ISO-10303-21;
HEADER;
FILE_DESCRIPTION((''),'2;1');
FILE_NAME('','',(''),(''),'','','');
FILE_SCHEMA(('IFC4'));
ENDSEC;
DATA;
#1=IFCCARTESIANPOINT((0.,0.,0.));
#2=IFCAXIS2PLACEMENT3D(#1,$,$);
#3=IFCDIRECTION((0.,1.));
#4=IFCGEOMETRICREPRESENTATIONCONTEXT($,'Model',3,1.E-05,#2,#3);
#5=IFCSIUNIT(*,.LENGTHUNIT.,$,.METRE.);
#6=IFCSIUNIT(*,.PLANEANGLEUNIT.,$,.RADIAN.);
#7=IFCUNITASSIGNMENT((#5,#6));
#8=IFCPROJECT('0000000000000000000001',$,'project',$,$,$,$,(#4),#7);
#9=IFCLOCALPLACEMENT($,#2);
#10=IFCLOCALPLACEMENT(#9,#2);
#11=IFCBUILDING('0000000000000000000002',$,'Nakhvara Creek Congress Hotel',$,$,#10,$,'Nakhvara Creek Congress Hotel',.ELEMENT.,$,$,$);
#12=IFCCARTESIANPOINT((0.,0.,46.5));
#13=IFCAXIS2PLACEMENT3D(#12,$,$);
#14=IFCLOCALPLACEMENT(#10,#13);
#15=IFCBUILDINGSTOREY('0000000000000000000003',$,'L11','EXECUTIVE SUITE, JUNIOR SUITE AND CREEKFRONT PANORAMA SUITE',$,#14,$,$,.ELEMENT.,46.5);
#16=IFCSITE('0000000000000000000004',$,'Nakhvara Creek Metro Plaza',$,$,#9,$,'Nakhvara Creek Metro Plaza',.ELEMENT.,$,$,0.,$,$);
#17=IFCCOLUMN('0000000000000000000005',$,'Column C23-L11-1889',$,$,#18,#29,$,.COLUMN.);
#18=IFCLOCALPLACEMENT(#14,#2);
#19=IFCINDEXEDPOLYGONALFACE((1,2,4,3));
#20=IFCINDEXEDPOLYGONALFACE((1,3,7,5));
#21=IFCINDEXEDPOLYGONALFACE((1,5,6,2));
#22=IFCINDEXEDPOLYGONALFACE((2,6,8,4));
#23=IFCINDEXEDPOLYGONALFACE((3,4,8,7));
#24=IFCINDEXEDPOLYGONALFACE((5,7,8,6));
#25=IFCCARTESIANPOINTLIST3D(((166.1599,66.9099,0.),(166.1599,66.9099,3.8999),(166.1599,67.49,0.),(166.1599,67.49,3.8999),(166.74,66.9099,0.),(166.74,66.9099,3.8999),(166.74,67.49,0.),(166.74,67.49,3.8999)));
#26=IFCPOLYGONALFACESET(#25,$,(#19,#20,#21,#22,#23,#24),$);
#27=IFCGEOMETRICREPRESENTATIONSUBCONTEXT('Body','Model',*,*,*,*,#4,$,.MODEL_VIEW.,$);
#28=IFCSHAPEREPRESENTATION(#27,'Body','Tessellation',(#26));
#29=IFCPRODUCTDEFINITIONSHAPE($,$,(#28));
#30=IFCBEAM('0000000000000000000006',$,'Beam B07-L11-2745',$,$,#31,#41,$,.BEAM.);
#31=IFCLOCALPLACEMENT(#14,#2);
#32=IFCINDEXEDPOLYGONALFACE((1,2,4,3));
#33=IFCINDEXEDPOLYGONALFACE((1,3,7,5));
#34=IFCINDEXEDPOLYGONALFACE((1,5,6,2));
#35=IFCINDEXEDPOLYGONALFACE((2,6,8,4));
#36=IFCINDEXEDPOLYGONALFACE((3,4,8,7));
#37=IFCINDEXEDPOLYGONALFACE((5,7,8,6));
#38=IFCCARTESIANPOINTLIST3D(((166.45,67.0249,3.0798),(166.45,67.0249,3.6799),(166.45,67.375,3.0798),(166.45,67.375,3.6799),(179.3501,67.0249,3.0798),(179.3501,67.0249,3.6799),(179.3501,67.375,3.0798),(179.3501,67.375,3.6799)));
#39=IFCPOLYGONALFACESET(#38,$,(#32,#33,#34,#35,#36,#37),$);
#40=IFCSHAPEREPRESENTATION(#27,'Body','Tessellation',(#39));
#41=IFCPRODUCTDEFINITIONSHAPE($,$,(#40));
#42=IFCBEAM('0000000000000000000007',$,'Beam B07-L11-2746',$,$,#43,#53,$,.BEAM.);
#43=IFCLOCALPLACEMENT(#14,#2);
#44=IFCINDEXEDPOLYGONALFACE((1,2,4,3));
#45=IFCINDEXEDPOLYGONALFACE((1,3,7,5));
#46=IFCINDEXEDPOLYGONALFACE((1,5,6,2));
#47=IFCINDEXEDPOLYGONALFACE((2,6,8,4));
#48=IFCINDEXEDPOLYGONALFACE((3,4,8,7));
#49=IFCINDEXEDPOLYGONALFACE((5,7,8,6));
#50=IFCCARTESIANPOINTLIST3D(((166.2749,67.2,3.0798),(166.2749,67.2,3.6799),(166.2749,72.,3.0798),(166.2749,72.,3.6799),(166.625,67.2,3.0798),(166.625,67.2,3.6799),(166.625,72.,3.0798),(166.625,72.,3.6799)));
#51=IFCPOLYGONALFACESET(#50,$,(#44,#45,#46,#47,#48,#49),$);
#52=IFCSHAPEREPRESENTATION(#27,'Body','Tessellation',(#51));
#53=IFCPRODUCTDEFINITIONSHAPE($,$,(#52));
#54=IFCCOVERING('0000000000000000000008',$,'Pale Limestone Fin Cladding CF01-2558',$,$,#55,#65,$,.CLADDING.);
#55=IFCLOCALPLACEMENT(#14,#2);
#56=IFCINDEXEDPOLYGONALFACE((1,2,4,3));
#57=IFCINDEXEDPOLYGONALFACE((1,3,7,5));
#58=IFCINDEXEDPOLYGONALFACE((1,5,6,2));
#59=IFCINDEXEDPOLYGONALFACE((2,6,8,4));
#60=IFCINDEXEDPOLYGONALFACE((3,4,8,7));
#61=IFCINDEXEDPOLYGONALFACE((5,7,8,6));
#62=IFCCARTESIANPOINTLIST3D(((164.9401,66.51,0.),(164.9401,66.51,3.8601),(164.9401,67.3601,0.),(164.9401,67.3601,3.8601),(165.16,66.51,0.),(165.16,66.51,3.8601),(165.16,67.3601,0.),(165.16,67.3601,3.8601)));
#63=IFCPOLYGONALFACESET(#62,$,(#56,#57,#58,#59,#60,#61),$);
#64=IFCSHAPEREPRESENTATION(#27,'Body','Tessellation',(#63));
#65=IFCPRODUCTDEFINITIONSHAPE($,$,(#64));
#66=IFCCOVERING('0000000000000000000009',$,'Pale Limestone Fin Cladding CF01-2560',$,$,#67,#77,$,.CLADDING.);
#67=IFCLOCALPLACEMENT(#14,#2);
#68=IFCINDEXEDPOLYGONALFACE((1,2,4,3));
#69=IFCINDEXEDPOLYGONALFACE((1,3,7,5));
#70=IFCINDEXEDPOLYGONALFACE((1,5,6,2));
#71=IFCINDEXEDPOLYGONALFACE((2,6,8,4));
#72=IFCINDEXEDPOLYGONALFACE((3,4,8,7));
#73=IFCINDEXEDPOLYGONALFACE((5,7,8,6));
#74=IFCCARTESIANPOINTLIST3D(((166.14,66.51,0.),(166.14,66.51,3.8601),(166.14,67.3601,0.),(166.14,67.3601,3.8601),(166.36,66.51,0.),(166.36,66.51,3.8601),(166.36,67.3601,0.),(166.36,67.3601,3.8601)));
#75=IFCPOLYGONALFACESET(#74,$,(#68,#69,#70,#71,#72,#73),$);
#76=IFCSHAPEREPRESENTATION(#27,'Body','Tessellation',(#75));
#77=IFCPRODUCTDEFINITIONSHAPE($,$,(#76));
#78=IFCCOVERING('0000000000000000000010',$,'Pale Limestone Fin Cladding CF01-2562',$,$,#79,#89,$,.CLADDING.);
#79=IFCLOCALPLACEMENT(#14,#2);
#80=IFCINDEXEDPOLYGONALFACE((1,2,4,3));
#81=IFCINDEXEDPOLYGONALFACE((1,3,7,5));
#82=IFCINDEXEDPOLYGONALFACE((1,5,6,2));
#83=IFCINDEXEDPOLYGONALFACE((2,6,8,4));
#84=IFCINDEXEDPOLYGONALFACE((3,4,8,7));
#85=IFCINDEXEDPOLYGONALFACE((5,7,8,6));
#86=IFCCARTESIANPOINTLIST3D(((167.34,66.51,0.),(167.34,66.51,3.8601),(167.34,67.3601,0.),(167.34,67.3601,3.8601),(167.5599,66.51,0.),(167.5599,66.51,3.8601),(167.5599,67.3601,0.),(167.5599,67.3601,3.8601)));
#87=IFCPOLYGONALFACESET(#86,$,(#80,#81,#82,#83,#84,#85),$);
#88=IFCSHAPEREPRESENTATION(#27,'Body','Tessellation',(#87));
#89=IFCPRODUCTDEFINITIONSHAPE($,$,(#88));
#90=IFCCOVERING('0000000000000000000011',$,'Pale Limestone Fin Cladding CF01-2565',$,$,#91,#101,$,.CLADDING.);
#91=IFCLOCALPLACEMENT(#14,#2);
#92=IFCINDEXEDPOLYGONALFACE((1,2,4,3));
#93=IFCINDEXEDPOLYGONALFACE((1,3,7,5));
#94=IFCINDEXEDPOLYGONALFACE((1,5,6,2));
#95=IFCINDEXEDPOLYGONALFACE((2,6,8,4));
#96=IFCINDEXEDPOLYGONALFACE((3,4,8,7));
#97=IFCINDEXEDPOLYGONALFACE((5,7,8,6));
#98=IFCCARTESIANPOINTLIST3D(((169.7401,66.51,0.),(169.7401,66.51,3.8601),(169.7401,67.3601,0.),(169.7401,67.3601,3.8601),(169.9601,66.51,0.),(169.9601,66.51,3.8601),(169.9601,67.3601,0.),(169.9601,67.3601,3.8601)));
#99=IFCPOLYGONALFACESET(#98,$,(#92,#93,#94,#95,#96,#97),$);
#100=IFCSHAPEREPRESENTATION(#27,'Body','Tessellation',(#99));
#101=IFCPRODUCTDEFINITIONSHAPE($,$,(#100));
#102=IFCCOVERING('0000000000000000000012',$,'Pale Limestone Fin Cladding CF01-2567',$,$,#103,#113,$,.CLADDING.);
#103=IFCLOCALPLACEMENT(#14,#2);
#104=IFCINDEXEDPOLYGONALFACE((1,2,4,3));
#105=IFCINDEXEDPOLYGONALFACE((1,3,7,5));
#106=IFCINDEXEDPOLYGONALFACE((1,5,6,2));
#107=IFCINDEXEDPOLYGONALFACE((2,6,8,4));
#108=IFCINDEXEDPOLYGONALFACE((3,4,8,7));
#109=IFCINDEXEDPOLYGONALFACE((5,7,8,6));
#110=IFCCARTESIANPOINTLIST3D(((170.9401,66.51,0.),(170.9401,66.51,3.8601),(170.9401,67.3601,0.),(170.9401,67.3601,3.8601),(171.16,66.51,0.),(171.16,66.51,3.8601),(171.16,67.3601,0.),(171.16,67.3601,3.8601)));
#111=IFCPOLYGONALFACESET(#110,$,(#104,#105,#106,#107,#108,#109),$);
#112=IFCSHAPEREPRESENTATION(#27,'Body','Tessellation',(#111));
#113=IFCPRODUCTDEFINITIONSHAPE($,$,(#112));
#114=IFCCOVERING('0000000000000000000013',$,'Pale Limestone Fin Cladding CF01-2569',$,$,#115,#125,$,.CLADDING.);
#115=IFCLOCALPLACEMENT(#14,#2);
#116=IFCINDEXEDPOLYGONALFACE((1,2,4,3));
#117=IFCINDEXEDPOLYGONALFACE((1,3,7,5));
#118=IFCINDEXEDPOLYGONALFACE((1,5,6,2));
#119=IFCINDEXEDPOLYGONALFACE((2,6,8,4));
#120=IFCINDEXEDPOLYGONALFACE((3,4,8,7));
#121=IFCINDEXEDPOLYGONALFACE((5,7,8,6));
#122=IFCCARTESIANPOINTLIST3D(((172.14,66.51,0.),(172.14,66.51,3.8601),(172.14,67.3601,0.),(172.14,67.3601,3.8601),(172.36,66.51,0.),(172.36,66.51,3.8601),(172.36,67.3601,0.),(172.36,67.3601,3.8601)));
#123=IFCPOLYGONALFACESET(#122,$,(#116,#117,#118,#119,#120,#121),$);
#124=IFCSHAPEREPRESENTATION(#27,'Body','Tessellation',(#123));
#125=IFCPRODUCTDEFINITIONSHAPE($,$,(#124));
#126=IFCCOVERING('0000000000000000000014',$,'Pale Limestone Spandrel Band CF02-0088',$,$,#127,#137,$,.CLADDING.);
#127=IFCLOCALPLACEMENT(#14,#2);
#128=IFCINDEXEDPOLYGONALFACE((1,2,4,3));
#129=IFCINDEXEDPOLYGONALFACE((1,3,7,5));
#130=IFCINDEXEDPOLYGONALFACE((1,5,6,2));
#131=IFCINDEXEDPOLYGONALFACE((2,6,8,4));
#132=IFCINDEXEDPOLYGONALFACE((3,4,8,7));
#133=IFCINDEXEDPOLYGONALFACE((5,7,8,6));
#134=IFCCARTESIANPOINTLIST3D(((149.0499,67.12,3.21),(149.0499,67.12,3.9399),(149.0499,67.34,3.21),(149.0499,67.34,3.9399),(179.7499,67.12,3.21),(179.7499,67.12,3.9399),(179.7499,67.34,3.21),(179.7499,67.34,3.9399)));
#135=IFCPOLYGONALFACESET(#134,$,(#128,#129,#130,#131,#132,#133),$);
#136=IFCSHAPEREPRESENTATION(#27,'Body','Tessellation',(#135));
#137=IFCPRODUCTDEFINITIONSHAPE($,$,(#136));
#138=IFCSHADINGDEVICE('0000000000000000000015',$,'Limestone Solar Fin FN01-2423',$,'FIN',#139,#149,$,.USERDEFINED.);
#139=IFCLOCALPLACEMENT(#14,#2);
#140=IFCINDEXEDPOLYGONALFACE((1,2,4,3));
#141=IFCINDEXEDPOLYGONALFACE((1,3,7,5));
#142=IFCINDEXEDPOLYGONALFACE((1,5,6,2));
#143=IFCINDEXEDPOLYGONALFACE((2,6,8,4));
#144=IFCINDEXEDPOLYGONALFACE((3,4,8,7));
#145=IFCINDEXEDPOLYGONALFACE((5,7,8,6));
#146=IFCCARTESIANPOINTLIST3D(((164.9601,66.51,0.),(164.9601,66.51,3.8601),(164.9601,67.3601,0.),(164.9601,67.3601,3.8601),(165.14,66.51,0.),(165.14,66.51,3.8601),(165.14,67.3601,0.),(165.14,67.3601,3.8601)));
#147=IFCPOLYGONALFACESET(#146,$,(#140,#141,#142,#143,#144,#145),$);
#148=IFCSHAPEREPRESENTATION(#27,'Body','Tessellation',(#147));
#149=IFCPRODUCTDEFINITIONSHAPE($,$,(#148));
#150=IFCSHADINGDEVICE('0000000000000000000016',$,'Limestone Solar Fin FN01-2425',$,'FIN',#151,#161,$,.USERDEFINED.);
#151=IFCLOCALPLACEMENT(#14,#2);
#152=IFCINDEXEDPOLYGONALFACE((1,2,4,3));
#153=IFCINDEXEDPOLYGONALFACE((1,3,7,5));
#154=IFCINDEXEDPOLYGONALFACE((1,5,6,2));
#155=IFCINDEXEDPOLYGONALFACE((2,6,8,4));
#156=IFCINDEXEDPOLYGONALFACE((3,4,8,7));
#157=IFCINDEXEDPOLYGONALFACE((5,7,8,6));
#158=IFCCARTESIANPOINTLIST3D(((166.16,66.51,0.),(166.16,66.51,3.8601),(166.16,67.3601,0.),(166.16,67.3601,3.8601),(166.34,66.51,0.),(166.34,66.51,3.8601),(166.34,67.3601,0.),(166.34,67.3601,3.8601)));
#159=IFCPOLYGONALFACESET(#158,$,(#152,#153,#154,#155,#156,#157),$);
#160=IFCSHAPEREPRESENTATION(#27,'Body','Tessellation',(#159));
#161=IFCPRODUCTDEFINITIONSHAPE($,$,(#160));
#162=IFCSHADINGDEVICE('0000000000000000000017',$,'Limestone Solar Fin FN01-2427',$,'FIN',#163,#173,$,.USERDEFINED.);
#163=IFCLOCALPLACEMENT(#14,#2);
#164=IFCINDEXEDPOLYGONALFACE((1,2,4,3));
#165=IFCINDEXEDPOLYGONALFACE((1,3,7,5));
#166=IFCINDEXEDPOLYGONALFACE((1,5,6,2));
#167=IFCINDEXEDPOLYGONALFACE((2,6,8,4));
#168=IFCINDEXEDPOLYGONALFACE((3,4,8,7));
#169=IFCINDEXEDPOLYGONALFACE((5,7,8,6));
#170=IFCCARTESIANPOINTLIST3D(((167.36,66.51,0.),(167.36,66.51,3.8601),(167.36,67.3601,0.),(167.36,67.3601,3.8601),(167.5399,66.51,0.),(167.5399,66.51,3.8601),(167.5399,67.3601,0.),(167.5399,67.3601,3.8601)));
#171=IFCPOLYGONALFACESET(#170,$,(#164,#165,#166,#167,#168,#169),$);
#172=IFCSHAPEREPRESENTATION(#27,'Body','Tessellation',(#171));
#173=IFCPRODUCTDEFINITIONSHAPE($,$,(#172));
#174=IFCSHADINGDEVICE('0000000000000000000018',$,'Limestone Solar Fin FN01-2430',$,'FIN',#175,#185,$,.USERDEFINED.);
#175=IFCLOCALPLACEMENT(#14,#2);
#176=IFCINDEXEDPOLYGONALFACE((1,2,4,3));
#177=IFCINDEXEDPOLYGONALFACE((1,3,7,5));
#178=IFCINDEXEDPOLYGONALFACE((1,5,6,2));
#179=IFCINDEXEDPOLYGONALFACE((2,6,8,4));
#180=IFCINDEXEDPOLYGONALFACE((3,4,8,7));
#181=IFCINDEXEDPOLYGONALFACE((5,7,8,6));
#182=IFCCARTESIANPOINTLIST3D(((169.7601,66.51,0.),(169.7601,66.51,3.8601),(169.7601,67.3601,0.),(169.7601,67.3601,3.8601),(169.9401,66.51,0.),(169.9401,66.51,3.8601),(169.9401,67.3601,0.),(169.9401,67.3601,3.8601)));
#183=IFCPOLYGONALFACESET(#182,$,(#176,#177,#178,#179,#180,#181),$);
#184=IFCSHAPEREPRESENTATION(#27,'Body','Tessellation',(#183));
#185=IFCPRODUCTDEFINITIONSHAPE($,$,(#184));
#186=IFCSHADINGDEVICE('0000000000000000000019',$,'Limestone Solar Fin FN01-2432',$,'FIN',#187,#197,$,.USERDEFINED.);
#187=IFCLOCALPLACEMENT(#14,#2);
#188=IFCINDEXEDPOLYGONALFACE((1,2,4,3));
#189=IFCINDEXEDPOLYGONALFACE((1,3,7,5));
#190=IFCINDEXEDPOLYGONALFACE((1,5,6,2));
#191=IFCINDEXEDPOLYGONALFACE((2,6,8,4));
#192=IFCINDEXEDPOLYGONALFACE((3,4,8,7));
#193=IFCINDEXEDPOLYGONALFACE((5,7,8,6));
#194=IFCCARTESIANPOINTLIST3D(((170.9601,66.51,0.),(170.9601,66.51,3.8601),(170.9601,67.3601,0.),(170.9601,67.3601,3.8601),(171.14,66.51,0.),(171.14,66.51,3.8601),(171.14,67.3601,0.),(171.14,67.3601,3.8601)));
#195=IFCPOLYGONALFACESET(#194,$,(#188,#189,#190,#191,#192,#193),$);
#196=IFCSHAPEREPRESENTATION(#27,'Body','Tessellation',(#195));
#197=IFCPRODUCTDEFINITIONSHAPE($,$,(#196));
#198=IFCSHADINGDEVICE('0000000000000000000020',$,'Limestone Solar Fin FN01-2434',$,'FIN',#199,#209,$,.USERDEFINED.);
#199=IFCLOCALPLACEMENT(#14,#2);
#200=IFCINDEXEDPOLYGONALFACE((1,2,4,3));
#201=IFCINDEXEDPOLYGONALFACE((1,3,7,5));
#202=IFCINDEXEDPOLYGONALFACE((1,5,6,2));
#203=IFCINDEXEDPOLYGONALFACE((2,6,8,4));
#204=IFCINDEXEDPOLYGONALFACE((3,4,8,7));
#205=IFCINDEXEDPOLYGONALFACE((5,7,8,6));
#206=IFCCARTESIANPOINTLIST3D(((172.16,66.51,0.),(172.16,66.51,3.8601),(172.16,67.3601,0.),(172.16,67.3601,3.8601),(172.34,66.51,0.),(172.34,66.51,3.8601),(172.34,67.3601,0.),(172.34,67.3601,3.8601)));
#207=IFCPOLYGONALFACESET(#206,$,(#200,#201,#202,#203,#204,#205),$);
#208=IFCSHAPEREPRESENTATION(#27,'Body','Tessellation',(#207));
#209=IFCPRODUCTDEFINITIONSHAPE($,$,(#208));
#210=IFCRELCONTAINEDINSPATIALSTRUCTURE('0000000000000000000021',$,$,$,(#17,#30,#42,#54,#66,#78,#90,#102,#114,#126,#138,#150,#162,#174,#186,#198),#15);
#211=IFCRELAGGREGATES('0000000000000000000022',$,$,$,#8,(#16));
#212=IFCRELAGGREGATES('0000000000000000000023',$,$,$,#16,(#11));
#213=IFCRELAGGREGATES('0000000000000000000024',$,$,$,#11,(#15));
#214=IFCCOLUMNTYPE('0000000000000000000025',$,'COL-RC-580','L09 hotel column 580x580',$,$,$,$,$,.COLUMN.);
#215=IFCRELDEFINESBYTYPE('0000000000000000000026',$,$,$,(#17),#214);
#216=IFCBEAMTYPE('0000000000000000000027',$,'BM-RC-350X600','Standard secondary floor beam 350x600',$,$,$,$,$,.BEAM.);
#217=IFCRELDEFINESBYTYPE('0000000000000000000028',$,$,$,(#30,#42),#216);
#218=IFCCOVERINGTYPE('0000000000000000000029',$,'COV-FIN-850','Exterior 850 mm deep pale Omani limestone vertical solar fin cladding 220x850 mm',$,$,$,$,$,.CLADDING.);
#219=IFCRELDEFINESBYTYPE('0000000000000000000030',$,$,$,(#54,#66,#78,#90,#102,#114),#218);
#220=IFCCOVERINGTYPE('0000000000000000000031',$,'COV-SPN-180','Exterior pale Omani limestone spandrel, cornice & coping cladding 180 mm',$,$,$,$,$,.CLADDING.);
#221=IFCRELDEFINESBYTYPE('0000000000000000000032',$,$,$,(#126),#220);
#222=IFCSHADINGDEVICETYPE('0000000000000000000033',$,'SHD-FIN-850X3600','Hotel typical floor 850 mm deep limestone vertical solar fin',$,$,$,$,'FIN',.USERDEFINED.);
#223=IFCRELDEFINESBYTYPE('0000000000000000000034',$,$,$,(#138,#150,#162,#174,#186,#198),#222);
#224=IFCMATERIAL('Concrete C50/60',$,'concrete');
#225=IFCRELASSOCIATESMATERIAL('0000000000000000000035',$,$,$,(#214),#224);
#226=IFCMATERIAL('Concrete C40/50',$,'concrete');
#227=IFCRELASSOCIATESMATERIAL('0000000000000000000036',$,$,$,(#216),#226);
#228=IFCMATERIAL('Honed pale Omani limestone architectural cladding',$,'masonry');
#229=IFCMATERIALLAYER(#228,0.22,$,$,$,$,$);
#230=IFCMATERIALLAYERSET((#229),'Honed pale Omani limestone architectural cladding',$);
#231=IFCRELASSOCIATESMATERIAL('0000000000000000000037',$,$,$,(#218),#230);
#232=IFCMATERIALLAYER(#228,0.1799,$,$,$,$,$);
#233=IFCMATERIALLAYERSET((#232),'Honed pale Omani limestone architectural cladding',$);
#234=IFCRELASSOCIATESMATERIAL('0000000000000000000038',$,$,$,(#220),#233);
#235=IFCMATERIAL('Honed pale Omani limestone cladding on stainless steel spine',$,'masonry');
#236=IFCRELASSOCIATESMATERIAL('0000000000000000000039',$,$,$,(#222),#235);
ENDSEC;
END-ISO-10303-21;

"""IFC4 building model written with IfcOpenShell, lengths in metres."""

from ifc_helpers import new_model, si_unit, direction, frame, origin, origin_2d, place, context, subcontext, project, spatial, rectangle, extrude, material, layer, layer_set, material_profile, profile_set, type_object, element, save


model = new_model("IFC4")

# Units and contexts
model_context = context("Model", 3, precision=1e-05, world=origin(), true_north=direction((0.0, 1.0)))
body_context = subcontext(model_context, "Body", "Model", "MODEL_VIEW")
ifc_project = project(units=[si_unit("LENGTHUNIT", "METRE"), si_unit("PLANEANGLEUNIT", "RADIAN")], contexts=[model_context])

# Site, building, storey
site_placement = place(None, origin())
site = spatial("IfcSite", under=ifc_project, at=site_placement, Name="Nakhvara Creek Metro Plaza", LongName="Nakhvara Creek Metro Plaza", CompositionType="ELEMENT", RefElevation=0.0)
building_placement = place(site_placement, origin())
building = spatial("IfcBuilding", under=site, at=building_placement, Name="Nakhvara Creek Congress Hotel", LongName="Nakhvara Creek Congress Hotel", CompositionType="ELEMENT")
storey_placement = place(building_placement, frame((0.0, 0.0, 46.5)))
storey = spatial("IfcBuildingStorey", under=building, at=storey_placement, Name="L11", Description="EXECUTIVE SUITE, JUNIOR SUITE AND CREEKFRONT PANORAMA SUITE", CompositionType="ELEMENT", Elevation=46.5)

# Column
ifc_material_1 = material(Name="Concrete C50/60", Category="concrete")
ifc_material_profile_1 = material_profile(ifc_material_1, rectangle(XDim=0.5801, YDim=0.5801, at=origin_2d()), Name="RC-COL 580x580", Category="LoadBearing")
ifc_profile_set_1 = profile_set([ifc_material_profile_1], Name="Concrete C50/60")
column_type = type_object("IfcColumnType", Name="COL-RC-580", Description="L09 hotel column 580x580", PredefinedType="COLUMN", material=ifc_profile_set_1)
column_placement = place(storey_placement, frame((166.45, 67.2, 0.0), z_axis=(0.0, 0.0, 1.0), x_axis=(1.0, 0.0, 0.0)))
element("IfcColumn", 1, at=column_placement, inside=storey, type_object=column_type, Name="Column C23-L11-1889", PredefinedType="COLUMN", context=body_context, shape_type="SweptSolid", body=[
    extrude(rectangle(XDim=0.5801, YDim=0.5801, at=origin_2d()), origin(), (0.0, 0.0, 1.0), 3.8999),
])

# Beams
ifc_material_2 = material(Name="Concrete C40/50", Category="concrete")
ifc_material_profile_2 = material_profile(ifc_material_2, rectangle(XDim=0.3501, YDim=0.6001, at=origin_2d()), Name="RC-BM 350x600", Category="LoadBearing")
ifc_profile_set_2 = profile_set([ifc_material_profile_2], Name="Concrete C40/50")
beam_type = type_object("IfcBeamType", Name="BM-RC-350X600", Description="Standard secondary floor beam 350x600", PredefinedType="BEAM", material=ifc_profile_set_2)
beam_1_placement = place(storey_placement, frame((166.45, 67.2, 3.3799), z_axis=(1.0, 0.0, 0.0), x_axis=(0.0, 1.0, 0.0)))
element("IfcBeam", 2, at=beam_1_placement, inside=storey, type_object=beam_type, Name="Beam B07-L11-2745", PredefinedType="BEAM", context=body_context, shape_type="SweptSolid", body=[
    extrude(rectangle(XDim=0.3501, YDim=0.6001, at=origin_2d()), origin(), (0.0, 0.0, 1.0), 12.9001),
])
beam_2_placement = place(storey_placement, frame((166.45, 67.2, 3.3799), z_axis=(0.0, 1.0, 0.0), x_axis=(-1.0, 0.0, 0.0)))
element("IfcBeam", 3, at=beam_2_placement, inside=storey, type_object=beam_type, Name="Beam B07-L11-2746", PredefinedType="BEAM", context=body_context, shape_type="SweptSolid", body=[
    extrude(rectangle(XDim=0.3501, YDim=0.6001, at=origin_2d()), origin(), (0.0, 0.0, 1.0), 4.8),
])

# Coverings
ifc_material_3 = material(Name="Honed pale Omani limestone architectural cladding", Category="masonry")
ifc_layer_1 = layer(ifc_material_3, 0.22)
ifc_layer_set_1 = layer_set([ifc_layer_1], Name="Honed pale Omani limestone architectural cladding")
covering_type_1 = type_object("IfcCoveringType", Name="COV-FIN-850", Description="Exterior 850 mm deep pale Omani limestone vertical solar fin cladding 220x850 mm", PredefinedType="CLADDING", material=ifc_layer_set_1)
for number, where, z_axis, x_axis, name in (
    (4, (165.05, 66.9351, 0.0), (0.0, 0.0, 1.0), (1.0, 0.0, 0.0), "Pale Limestone Fin Cladding CF01-2558"),
    (5, (166.25, 66.9351, 0.0), (0.0, 0.0, 1.0), (1.0, 0.0, 0.0), "Pale Limestone Fin Cladding CF01-2560"),
    (6, (167.45, 66.9351, 0.0), (0.0, 0.0, 1.0), (1.0, 0.0, 0.0), "Pale Limestone Fin Cladding CF01-2562"),
    (7, (169.8501, 66.9351, 0.0), (0.0, 0.0, 1.0), (1.0, 0.0, 0.0), "Pale Limestone Fin Cladding CF01-2565"),
    (8, (171.05, 66.9351, 0.0), (0.0, 0.0, 1.0), (1.0, 0.0, 0.0), "Pale Limestone Fin Cladding CF01-2567"),
    (9, (172.25, 66.9351, 0.0), (0.0, 0.0, 1.0), (1.0, 0.0, 0.0), "Pale Limestone Fin Cladding CF01-2569"),
):
    element("IfcCovering", number, at=place(storey_placement, frame(where, z_axis=z_axis, x_axis=x_axis)), inside=storey, type_object=covering_type_1, Name=name, PredefinedType="CLADDING", context=body_context, shape_type="SweptSolid", body=[
        extrude(rectangle(XDim=0.22, YDim=0.8501, at=origin_2d()), origin(), (0.0, 0.0, 1.0), 3.8601),
    ])
ifc_layer_2 = layer(ifc_material_3, 0.1799)
ifc_layer_set_2 = layer_set([ifc_layer_2], Name="Honed pale Omani limestone architectural cladding")
covering_type_2 = type_object("IfcCoveringType", Name="COV-SPN-180", Description="Exterior pale Omani limestone spandrel, cornice & coping cladding 180 mm", PredefinedType="CLADDING", material=ifc_layer_set_2)
covering_placement = place(storey_placement, frame((164.3999, 67.23, 3.21), z_axis=(0.0, 0.0, 1.0), x_axis=(1.0, 0.0, 0.0)))
element("IfcCovering", 10, at=covering_placement, inside=storey, type_object=covering_type_2, Name="Pale Limestone Spandrel Band CF02-0088", PredefinedType="CLADDING", context=body_context, shape_type="SweptSolid", body=[
    extrude(rectangle(XDim=30.7, YDim=0.22, at=origin_2d()), origin(), (0.0, 0.0, 1.0), 0.73),
])

# Shading devices
ifc_material_4 = material(Name="Honed pale Omani limestone cladding on stainless steel spine", Category="masonry")
shading_device_type = type_object("IfcShadingDeviceType", Name="SHD-FIN-850X3600", Description="Hotel typical floor 850 mm deep limestone vertical solar fin", ElementType="FIN", PredefinedType="USERDEFINED", material=ifc_material_4)
for number, where, z_axis, x_axis, name in (
    (11, (165.05, 66.9351, 0.0), (0.0, 0.0, 1.0), (1.0, 0.0, 0.0), "Limestone Solar Fin FN01-2423"),
    (12, (166.25, 66.9351, 0.0), (0.0, 0.0, 1.0), (1.0, 0.0, 0.0), "Limestone Solar Fin FN01-2425"),
    (13, (167.45, 66.9351, 0.0), (0.0, 0.0, 1.0), (1.0, 0.0, 0.0), "Limestone Solar Fin FN01-2427"),
    (14, (169.8501, 66.9351, 0.0), (0.0, 0.0, 1.0), (1.0, 0.0, 0.0), "Limestone Solar Fin FN01-2430"),
    (15, (171.05, 66.9351, 0.0), (0.0, 0.0, 1.0), (1.0, 0.0, 0.0), "Limestone Solar Fin FN01-2432"),
    (16, (172.25, 66.9351, 0.0), (0.0, 0.0, 1.0), (1.0, 0.0, 0.0), "Limestone Solar Fin FN01-2434"),
):
    element("IfcShadingDevice", number, at=place(storey_placement, frame(where, z_axis=z_axis, x_axis=x_axis)), inside=storey, type_object=shading_device_type, Name=name, ObjectType="FIN", PredefinedType="USERDEFINED", context=body_context, shape_type="SweptSolid", body=[
        extrude(rectangle(XDim=0.1799, YDim=0.8501, at=origin_2d()), origin(), (0.0, 0.0, 1.0), 3.8601),
    ])

save(model, "model.ifc")
